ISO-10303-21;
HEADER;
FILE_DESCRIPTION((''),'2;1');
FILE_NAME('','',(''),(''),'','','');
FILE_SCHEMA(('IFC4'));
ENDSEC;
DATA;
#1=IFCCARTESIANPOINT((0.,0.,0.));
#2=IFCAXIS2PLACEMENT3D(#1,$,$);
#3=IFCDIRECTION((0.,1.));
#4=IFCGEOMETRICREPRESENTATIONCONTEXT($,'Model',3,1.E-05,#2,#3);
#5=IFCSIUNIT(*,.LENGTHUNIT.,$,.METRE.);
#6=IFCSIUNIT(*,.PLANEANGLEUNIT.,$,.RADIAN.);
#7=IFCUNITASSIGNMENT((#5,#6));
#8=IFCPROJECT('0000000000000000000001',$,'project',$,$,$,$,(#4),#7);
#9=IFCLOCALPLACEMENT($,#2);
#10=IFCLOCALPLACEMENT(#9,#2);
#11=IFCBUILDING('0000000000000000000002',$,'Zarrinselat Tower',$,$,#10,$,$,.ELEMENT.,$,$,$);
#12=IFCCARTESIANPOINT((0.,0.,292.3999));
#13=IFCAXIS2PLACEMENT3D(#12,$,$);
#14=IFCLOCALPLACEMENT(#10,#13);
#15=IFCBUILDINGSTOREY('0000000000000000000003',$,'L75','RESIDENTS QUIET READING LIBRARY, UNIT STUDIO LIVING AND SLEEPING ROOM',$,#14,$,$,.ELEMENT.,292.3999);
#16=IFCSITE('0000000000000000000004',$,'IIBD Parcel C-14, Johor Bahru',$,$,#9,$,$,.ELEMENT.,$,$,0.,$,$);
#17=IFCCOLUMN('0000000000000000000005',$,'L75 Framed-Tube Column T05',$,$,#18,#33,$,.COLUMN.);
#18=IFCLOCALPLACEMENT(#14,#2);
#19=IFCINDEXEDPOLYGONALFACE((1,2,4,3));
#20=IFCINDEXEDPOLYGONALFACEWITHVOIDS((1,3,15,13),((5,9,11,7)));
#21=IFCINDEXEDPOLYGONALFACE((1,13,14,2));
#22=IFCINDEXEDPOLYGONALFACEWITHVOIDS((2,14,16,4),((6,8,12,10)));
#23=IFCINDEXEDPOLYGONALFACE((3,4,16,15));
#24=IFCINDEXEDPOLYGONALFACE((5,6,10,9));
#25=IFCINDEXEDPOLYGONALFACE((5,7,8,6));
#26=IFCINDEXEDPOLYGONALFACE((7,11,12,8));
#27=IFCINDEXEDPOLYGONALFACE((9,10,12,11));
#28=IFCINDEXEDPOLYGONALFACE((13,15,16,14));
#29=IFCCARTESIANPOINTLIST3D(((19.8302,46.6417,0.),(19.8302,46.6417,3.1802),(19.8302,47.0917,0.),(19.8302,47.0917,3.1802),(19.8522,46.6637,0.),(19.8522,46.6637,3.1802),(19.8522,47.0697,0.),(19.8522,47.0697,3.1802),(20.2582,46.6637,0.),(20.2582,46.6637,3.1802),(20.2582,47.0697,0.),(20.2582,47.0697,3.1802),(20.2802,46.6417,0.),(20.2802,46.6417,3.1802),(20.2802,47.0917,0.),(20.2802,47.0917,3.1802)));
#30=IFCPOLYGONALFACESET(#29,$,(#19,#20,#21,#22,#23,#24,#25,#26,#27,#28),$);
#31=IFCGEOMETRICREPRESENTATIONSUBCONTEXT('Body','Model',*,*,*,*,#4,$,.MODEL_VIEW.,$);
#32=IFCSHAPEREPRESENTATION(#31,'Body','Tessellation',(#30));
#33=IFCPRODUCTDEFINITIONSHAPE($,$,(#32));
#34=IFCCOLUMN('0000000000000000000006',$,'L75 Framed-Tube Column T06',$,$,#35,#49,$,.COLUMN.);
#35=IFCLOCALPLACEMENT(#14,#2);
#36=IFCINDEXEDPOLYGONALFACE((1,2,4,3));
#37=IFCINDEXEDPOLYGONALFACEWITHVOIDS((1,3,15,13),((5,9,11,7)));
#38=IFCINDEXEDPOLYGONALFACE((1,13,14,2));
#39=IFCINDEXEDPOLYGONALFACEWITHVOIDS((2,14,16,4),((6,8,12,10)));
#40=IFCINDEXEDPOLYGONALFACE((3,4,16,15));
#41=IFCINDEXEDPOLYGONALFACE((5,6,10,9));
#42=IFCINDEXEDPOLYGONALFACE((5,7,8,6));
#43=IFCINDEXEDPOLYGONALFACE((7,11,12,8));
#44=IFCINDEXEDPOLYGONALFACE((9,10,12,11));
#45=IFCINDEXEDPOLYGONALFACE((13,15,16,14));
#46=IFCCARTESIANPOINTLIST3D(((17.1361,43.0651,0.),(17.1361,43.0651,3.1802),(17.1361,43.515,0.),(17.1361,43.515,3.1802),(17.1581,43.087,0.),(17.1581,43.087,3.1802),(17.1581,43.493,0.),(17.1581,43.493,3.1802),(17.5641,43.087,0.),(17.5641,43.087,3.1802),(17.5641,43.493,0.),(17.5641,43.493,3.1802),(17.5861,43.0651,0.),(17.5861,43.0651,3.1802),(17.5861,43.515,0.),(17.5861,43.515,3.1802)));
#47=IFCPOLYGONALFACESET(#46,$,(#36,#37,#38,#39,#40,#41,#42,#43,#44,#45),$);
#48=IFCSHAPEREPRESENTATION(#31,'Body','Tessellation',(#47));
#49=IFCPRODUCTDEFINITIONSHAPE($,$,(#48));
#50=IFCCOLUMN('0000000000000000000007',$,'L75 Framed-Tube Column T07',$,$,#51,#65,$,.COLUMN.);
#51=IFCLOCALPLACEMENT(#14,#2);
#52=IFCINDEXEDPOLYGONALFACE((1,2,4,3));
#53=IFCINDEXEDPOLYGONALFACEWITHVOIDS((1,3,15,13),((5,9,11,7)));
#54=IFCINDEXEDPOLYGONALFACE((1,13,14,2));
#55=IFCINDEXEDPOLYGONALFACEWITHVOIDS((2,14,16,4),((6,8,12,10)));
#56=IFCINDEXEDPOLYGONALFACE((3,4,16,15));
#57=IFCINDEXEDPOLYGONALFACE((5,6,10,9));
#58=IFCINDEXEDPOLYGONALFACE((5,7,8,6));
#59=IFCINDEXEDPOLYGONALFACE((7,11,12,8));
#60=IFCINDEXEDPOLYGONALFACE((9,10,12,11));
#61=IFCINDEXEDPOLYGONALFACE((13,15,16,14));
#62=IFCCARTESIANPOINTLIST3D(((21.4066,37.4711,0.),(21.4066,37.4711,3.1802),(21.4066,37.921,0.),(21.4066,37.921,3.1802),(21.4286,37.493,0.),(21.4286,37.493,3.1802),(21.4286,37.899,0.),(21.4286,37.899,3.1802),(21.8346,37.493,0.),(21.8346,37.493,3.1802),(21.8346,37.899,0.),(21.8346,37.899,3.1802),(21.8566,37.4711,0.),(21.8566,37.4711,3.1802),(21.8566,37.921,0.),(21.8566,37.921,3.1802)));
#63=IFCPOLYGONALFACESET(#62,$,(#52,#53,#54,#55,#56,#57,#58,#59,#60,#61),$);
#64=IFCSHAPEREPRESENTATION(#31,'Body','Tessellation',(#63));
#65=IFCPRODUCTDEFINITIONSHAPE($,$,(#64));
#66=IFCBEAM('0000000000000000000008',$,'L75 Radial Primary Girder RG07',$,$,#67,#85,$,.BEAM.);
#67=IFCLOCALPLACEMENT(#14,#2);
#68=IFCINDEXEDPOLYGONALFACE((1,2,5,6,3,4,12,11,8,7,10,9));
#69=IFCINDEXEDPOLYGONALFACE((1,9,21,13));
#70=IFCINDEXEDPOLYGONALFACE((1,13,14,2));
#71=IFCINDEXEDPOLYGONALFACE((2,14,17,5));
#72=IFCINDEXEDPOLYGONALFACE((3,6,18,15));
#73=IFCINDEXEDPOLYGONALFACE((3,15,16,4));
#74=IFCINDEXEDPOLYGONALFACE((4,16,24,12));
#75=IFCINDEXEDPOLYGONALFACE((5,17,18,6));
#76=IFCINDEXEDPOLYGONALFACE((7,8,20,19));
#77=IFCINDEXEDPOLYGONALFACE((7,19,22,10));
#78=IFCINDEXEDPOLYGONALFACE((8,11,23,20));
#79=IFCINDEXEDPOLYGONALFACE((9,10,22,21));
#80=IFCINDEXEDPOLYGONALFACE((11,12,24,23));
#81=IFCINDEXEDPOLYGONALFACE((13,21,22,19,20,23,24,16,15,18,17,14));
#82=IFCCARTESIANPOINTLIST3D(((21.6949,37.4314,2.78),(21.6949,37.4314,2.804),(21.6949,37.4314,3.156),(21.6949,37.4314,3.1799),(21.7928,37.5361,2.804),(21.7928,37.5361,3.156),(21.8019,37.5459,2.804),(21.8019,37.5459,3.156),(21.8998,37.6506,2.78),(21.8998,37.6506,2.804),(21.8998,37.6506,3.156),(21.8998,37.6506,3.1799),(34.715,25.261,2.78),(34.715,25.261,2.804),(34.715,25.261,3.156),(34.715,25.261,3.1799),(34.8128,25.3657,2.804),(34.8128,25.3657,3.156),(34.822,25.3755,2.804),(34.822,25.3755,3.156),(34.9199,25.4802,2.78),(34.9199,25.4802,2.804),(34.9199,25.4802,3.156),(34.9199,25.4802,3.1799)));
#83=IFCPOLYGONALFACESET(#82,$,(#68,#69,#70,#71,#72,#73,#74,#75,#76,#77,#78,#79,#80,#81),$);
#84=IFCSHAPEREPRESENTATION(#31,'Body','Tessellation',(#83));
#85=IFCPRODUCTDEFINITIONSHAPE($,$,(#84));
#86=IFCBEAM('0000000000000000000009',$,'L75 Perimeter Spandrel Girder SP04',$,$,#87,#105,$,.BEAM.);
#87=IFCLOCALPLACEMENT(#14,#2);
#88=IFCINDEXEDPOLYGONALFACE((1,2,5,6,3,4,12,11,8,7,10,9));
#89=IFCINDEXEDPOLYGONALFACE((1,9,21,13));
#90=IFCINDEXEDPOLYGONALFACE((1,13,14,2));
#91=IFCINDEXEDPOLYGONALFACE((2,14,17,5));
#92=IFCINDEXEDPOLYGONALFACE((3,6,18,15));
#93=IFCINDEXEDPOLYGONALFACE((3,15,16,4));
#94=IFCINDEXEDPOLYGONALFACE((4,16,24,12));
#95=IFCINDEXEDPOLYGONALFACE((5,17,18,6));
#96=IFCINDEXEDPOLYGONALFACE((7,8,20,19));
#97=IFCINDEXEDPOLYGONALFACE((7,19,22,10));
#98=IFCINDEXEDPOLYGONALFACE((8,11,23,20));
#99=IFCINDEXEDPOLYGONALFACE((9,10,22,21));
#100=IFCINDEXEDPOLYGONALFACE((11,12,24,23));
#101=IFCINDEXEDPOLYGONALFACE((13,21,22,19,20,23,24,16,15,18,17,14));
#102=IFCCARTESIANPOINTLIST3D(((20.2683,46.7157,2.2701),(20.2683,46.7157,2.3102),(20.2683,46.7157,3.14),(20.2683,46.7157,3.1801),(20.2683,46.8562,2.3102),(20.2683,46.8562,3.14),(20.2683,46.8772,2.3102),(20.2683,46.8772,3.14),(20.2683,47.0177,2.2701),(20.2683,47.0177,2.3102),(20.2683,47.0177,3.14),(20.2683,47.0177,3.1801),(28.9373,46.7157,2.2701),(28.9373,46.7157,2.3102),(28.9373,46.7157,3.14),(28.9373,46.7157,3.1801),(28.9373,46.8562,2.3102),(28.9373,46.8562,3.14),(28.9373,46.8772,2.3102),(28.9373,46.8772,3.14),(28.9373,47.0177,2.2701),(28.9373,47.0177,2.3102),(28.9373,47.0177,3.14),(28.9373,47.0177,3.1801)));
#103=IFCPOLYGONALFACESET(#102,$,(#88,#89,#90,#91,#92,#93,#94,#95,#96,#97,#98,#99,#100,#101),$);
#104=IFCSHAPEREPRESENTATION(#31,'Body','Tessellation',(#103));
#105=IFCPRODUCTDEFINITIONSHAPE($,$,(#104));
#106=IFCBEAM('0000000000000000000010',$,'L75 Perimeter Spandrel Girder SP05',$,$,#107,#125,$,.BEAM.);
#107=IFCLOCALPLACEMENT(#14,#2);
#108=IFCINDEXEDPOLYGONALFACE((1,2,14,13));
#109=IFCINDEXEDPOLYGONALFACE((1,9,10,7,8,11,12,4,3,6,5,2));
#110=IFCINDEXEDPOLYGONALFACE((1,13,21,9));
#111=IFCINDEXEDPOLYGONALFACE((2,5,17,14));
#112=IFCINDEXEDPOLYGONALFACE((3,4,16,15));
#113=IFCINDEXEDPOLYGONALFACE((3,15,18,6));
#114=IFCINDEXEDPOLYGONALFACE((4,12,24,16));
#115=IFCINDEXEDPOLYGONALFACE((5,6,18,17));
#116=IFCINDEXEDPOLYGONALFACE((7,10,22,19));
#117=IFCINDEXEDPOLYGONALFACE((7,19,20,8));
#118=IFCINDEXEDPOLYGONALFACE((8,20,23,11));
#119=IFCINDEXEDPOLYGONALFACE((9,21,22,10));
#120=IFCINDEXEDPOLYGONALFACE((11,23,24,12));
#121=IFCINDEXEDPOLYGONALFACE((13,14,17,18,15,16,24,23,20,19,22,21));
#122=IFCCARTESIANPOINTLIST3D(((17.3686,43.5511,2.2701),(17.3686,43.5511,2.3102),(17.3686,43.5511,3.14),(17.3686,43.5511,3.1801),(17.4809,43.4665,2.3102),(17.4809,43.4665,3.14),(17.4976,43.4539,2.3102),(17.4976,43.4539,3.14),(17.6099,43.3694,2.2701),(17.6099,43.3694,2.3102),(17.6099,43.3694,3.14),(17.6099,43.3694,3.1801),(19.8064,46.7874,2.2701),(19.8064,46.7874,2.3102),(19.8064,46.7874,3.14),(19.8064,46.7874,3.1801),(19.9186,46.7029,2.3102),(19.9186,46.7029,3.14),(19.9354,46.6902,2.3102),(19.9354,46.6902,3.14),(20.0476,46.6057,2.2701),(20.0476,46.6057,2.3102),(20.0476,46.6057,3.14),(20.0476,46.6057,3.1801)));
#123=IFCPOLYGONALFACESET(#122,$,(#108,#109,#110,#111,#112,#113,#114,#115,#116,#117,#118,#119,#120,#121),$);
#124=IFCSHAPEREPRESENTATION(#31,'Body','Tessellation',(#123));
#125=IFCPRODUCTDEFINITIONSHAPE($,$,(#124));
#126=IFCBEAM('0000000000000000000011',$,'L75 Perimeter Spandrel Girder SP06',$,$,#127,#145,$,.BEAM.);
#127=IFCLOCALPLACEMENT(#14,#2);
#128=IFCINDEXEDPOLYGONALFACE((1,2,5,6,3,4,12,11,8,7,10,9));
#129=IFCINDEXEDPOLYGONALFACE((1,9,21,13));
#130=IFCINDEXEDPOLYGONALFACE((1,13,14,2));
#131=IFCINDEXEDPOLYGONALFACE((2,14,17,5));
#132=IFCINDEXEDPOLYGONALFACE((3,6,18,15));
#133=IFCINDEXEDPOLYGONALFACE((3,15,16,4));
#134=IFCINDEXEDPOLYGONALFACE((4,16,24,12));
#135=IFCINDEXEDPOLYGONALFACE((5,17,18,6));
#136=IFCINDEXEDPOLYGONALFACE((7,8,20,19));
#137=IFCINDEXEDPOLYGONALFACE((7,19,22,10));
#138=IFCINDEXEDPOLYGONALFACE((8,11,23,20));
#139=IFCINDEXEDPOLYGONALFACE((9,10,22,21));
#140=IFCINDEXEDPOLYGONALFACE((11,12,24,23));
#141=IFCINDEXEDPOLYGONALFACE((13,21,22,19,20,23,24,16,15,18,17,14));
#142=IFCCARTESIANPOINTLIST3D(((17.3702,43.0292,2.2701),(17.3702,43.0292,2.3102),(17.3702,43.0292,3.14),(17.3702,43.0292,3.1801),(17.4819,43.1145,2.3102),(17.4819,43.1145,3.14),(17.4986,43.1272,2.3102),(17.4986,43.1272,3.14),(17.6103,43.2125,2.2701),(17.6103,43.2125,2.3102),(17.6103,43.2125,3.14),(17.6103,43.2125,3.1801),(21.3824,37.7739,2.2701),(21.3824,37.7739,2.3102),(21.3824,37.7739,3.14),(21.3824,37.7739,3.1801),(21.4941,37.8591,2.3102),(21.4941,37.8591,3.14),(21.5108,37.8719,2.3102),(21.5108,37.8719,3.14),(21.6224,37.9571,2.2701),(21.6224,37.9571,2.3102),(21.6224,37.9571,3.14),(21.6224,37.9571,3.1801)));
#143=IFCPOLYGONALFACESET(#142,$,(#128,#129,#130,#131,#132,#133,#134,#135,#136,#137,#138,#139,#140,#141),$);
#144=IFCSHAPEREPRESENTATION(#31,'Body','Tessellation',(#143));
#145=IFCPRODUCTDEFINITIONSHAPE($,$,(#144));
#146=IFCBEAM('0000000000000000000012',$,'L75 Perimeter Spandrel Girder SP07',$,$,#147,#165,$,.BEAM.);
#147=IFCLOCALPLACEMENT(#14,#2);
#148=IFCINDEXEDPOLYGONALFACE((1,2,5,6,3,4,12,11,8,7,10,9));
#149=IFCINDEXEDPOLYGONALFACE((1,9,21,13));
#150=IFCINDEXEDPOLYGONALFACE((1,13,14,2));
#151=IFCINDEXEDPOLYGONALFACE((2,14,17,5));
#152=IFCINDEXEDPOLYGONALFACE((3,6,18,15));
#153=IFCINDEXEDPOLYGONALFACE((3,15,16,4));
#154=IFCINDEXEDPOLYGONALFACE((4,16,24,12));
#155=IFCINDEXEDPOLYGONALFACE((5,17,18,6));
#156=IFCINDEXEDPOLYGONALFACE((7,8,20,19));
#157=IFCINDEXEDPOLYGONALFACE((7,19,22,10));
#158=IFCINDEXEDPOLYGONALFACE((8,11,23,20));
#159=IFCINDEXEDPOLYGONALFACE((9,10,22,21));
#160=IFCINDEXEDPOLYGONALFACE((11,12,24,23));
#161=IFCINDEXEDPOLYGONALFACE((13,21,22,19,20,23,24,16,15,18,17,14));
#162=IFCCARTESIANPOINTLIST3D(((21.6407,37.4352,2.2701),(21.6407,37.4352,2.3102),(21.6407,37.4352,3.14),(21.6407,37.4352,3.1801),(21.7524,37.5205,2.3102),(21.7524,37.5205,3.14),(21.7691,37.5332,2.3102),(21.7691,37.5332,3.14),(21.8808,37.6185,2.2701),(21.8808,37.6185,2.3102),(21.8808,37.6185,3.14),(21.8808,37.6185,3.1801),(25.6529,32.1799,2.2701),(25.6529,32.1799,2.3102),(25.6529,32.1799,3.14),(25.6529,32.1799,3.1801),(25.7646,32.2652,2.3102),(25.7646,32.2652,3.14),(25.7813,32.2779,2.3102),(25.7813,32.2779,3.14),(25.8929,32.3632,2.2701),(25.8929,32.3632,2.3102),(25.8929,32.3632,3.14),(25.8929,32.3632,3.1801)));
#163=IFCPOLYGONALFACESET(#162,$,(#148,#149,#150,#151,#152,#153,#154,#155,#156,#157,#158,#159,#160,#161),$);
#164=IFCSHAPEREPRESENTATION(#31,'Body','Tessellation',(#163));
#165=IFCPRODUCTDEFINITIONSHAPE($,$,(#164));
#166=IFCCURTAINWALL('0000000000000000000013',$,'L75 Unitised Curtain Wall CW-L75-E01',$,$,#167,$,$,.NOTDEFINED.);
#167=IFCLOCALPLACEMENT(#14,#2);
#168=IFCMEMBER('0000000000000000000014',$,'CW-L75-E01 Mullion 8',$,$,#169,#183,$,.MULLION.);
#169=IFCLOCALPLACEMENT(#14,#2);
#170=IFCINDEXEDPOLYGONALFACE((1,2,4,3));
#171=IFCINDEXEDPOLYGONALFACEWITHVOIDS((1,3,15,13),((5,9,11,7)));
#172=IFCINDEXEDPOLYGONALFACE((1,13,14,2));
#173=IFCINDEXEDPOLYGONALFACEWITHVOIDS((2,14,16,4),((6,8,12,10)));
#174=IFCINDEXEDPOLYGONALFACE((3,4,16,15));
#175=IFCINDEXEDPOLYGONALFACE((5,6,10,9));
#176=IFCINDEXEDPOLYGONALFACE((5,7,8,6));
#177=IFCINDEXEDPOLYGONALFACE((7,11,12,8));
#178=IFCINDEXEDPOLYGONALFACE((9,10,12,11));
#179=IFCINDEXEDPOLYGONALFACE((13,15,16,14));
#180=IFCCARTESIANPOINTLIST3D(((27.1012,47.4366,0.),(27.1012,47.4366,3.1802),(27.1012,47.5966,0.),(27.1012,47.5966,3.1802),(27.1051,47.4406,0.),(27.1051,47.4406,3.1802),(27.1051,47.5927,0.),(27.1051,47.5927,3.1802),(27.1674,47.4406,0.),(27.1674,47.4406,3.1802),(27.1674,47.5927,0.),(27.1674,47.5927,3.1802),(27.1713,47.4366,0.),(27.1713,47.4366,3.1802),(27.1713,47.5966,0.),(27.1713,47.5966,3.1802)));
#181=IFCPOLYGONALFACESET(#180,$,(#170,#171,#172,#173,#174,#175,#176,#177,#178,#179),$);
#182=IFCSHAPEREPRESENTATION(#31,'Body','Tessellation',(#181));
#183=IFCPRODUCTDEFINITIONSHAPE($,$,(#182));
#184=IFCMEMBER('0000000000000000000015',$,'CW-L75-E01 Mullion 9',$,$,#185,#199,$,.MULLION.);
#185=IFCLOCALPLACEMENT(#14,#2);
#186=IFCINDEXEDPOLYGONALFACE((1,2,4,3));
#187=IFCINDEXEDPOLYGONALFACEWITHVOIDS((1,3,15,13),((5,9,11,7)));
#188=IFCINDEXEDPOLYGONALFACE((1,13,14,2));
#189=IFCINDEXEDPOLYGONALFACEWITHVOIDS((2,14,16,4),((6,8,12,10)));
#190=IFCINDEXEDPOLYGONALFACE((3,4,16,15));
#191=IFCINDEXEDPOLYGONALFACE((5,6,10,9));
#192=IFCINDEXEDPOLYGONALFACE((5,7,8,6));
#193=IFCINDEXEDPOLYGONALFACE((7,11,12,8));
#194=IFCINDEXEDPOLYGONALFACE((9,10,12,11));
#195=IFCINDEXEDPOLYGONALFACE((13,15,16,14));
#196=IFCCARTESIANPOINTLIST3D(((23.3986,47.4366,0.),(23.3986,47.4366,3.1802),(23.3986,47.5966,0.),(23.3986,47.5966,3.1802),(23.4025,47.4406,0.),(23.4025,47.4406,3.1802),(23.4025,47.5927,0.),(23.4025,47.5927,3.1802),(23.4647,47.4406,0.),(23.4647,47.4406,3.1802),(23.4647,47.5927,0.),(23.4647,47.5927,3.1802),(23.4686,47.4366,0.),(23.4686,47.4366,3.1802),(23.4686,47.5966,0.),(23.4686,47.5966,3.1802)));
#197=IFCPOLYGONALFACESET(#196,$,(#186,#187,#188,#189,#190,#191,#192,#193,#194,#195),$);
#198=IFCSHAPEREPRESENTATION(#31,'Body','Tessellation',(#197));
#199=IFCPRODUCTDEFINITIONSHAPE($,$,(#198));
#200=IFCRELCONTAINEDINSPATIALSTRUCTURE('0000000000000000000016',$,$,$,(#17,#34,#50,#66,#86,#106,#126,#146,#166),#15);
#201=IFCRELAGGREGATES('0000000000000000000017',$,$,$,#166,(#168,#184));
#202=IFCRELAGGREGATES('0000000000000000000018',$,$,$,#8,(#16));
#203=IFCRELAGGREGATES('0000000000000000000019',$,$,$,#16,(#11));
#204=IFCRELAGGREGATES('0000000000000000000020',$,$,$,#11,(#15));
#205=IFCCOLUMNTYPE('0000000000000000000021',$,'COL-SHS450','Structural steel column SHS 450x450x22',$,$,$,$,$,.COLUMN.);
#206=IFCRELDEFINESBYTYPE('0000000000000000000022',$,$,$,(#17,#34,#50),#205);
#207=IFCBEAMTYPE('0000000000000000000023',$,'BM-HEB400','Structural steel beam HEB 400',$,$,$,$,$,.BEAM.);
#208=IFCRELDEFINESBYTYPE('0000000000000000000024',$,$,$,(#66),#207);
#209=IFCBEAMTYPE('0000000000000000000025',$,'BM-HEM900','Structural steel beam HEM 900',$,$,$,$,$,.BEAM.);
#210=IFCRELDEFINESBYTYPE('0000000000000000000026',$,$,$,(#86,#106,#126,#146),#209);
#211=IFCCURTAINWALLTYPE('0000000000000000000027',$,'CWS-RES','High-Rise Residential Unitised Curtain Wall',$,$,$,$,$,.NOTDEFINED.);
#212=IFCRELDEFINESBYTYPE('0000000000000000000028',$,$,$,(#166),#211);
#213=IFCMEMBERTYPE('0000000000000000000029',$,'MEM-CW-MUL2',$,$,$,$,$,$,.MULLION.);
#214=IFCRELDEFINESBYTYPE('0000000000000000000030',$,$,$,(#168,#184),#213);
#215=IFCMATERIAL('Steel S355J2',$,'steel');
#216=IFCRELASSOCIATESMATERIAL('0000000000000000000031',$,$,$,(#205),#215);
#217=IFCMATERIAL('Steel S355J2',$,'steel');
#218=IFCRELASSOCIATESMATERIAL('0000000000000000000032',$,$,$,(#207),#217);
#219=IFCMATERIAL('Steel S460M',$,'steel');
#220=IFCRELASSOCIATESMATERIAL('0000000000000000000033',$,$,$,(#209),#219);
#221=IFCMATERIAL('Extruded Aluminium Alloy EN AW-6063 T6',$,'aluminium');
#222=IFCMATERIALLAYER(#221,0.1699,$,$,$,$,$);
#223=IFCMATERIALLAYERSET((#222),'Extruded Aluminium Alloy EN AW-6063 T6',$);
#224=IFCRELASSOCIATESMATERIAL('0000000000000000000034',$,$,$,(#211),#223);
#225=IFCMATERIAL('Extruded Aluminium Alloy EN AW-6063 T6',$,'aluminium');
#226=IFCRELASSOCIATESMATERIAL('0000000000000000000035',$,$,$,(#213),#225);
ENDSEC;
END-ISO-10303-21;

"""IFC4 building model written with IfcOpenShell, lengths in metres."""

from ifc_helpers import new_model, si_unit, direction, frame, origin, origin_2d, place, context, subcontext, project, spatial, hollow_rectangle, i_section, extrude, material, layer, layer_set, material_profile, profile_set, type_object, element, aggregate, save


model = new_model("IFC4")

# Units and contexts
model_context = context("Model", 3, precision=1e-05, world=origin(), true_north=direction((0.0, 1.0)))
body_context = subcontext(model_context, "Body", "Model", "MODEL_VIEW")
ifc_project = project(units=[si_unit("LENGTHUNIT", "METRE"), si_unit("PLANEANGLEUNIT", "RADIAN")], contexts=[model_context])

# Site, building, storey
site_placement = place(None, origin())
site = spatial("IfcSite", under=ifc_project, at=site_placement, Name="IIBD Parcel C-14, Johor Bahru", CompositionType="ELEMENT", RefElevation=0.0)
building_placement = place(site_placement, origin())
building = spatial("IfcBuilding", under=site, at=building_placement, Name="Zarrinselat Tower", CompositionType="ELEMENT")
storey_placement = place(building_placement, frame((0.0, 0.0, 292.3999)))
storey = spatial("IfcBuildingStorey", under=building, at=storey_placement, Name="L75", Description="RESIDENTS QUIET READING LIBRARY, UNIT STUDIO LIVING AND SLEEPING ROOM", CompositionType="ELEMENT", Elevation=292.3999)

# Columns
ifc_material_1 = material(Name="Steel S355J2", Category="steel")
ifc_material_profile_1 = material_profile(ifc_material_1, hollow_rectangle(XDim=0.45, YDim=0.45, WallThickness=0.022, at=origin_2d()), Name="SHS 450x450x22")
ifc_profile_set_1 = profile_set([ifc_material_profile_1], Name="Steel S355J2")
column_type = type_object("IfcColumnType", Name="COL-SHS450", Description="Structural steel column SHS 450x450x22", PredefinedType="COLUMN", material=ifc_profile_set_1)
for number, where, z_axis, x_axis, name in (
    (1, (20.0552, 46.8667, 0.0), (0.0, 0.0, 1.0), (1.0, 0.0, 0.0), "L75 Framed-Tube Column T05"),
    (2, (17.3611, 43.29, 0.0), (0.0, 0.0, 1.0), (1.0, 0.0, 0.0), "L75 Framed-Tube Column T06"),
    (3, (21.6316, 37.696, 0.0), (0.0, 0.0, 1.0), (1.0, 0.0, 0.0), "L75 Framed-Tube Column T07"),
):
    element("IfcColumn", number, at=place(storey_placement, frame(where, z_axis=z_axis, x_axis=x_axis)), inside=storey, type_object=column_type, Name=name, PredefinedType="COLUMN", context=body_context, shape_type="SweptSolid", body=[
        extrude(hollow_rectangle(XDim=0.45, YDim=0.45, WallThickness=0.022, at=origin_2d()), origin(), (0.0, 0.0, 1.0), 3.1802),
    ])

# Beams
ifc_material_2 = material(Name="Steel S355J2", Category="steel")
ifc_material_profile_2 = material_profile(ifc_material_2, i_section(OverallWidth=0.3, OverallDepth=0.3999, WebThickness=0.0134, FlangeThickness=0.0239, at=origin_2d()), Name="HEB 400")
ifc_profile_set_2 = profile_set([ifc_material_profile_2], Name="Steel S355J2")
beam_type_1 = type_object("IfcBeamType", Name="BM-HEB400", Description="Structural steel beam HEB 400", PredefinedType="BEAM", material=ifc_profile_set_2)
beam_1_placement = place(storey_placement, frame((21.7974, 37.541, 2.98), z_axis=(0.73054, -0.68287, 0.0), x_axis=(0.68287, 0.73054, 0.0)))
element("IfcBeam", 4, at=beam_1_placement, inside=storey, type_object=beam_type_1, Name="L75 Radial Primary Girder RG07", PredefinedType="BEAM", context=body_context, shape_type="SweptSolid", body=[
    extrude(i_section(OverallWidth=0.3, OverallDepth=0.3999, WebThickness=0.0134, FlangeThickness=0.0239, at=origin_2d()), origin(), (0.0, 0.0, 1.0), 17.8225),
])
ifc_material_3 = material(Name="Steel S460M", Category="steel")
ifc_material_profile_3 = material_profile(ifc_material_3, i_section(OverallWidth=0.302, OverallDepth=0.9099, WebThickness=0.021, FlangeThickness=0.04, at=origin_2d()), Name="HEM 900")
ifc_profile_set_3 = profile_set([ifc_material_profile_3], Name="Steel S460M")
beam_type_2 = type_object("IfcBeamType", Name="BM-HEM900", Description="Structural steel beam HEM 900", PredefinedType="BEAM", material=ifc_profile_set_3)
beam_2_placement = place(storey_placement, frame((20.2683, 46.8667, 2.7251), z_axis=(1.0, 0.0, 0.0), x_axis=(0.0, 1.0, 0.0)))
element("IfcBeam", 5, at=beam_2_placement, inside=storey, type_object=beam_type_2, Name="L75 Perimeter Spandrel Girder SP04", PredefinedType="BEAM", context=body_context, shape_type="SweptSolid", body=[
    extrude(i_section(OverallWidth=0.302, OverallDepth=0.9099, WebThickness=0.021, FlangeThickness=0.04, at=origin_2d()), origin(), (0.0, 0.0, 1.0), 8.6689),
])
beam_3_placement = place(storey_placement, frame((17.4893, 43.4602, 2.7251), z_axis=(0.601657, 0.798755, 0.0), x_axis=(-0.798755, 0.601657, 0.0)))
element("IfcBeam", 6, at=beam_3_placement, inside=storey, type_object=beam_type_2, Name="L75 Perimeter Spandrel Girder SP05", PredefinedType="BEAM", context=body_context, shape_type="SweptSolid", body=[
    extrude(i_section(OverallWidth=0.302, OverallDepth=0.9099, WebThickness=0.021, FlangeThickness=0.04, at=origin_2d()), origin(), (0.0, 0.0, 1.0), 4.0518),
])
for number, where, z_axis, x_axis, name in (
    (7, (17.4902, 43.1208, 2.7251), (0.606819, -0.79484, 0.0), (0.79484, 0.606819, 0.0), "L75 Perimeter Spandrel Girder SP06"),
    (8, (21.7607, 37.5269, 2.7251), (0.606819, -0.79484, 0.0), (0.79484, 0.606819, 0.0), "L75 Perimeter Spandrel Girder SP07"),
):
    element("IfcBeam", number, at=place(storey_placement, frame(where, z_axis=z_axis, x_axis=x_axis)), inside=storey, type_object=beam_type_2, Name=name, PredefinedType="BEAM", context=body_context, shape_type="SweptSolid", body=[
        extrude(i_section(OverallWidth=0.302, OverallDepth=0.9099, WebThickness=0.021, FlangeThickness=0.04, at=origin_2d()), origin(), (0.0, 0.0, 1.0), 6.6118),
    ])

# Curtain wall, members
ifc_material_4 = material(Name="Extruded Aluminium Alloy EN AW-6063 T6", Category="aluminium")
ifc_layer_1 = layer(ifc_material_4, 0.1699)
ifc_layer_set_1 = layer_set([ifc_layer_1], Name="Extruded Aluminium Alloy EN AW-6063 T6")
curtain_wall_type = type_object("IfcCurtainWallType", Name="CWS-RES", Description="High-Rise Residential Unitised Curtain Wall", PredefinedType="NOTDEFINED", material=ifc_layer_set_1)
curtain_wall_1_placement = place(storey_placement, origin())
curtain_wall_1 = element("IfcCurtainWall", 9, at=curtain_wall_1_placement, inside=storey, type_object=curtain_wall_type, Name="L75 Unitised Curtain Wall CW-L75-E01", PredefinedType="NOTDEFINED")
ifc_material_5 = material(Name="Extruded Aluminium Alloy EN AW-6063 T6", Category="aluminium")
ifc_material_profile_4 = material_profile(ifc_material_5, hollow_rectangle(XDim=0.0701, YDim=0.1599, WallThickness=0.0039, at=origin_2d()), Name="RHS 160x70x4")
ifc_profile_set_4 = profile_set([ifc_material_profile_4], Name="Extruded Aluminium Alloy EN AW-6063 T6")
member_type_1 = type_object("IfcMemberType", Name="MEM-CW-MUL2", PredefinedType="MULLION", material=ifc_profile_set_4)
member_1_placement = place(storey_placement, frame((27.1362, 47.5166, 0.0), z_axis=(0.0, 0.0, 1.0), x_axis=(-1.0, 0.0, 0.0)))
member_1 = element("IfcMember", 10, at=member_1_placement, type_object=member_type_1, Name="CW-L75-E01 Mullion 8", PredefinedType="MULLION", context=body_context, shape_type="SweptSolid", body=[
    extrude(hollow_rectangle(XDim=0.0701, YDim=0.1599, WallThickness=0.0039, at=origin_2d()), origin(), (0.0, 0.0, 1.0), 3.1802),
])
member_2_placement = place(storey_placement, frame((23.4336, 47.5166, 0.0), z_axis=(0.0, 0.0, 1.0), x_axis=(-1.0, 0.0, 0.0)))
member_2 = element("IfcMember", 11, at=member_2_placement, type_object=member_type_1, Name="CW-L75-E01 Mullion 9", PredefinedType="MULLION", context=body_context, shape_type="SweptSolid", body=[
    extrude(hollow_rectangle(XDim=0.0701, YDim=0.1599, WallThickness=0.0039, at=origin_2d()), origin(), (0.0, 0.0, 1.0), 3.1802),
])

aggregate(curtain_wall_1, [member_1, member_2])

save(model, "model.ifc")
